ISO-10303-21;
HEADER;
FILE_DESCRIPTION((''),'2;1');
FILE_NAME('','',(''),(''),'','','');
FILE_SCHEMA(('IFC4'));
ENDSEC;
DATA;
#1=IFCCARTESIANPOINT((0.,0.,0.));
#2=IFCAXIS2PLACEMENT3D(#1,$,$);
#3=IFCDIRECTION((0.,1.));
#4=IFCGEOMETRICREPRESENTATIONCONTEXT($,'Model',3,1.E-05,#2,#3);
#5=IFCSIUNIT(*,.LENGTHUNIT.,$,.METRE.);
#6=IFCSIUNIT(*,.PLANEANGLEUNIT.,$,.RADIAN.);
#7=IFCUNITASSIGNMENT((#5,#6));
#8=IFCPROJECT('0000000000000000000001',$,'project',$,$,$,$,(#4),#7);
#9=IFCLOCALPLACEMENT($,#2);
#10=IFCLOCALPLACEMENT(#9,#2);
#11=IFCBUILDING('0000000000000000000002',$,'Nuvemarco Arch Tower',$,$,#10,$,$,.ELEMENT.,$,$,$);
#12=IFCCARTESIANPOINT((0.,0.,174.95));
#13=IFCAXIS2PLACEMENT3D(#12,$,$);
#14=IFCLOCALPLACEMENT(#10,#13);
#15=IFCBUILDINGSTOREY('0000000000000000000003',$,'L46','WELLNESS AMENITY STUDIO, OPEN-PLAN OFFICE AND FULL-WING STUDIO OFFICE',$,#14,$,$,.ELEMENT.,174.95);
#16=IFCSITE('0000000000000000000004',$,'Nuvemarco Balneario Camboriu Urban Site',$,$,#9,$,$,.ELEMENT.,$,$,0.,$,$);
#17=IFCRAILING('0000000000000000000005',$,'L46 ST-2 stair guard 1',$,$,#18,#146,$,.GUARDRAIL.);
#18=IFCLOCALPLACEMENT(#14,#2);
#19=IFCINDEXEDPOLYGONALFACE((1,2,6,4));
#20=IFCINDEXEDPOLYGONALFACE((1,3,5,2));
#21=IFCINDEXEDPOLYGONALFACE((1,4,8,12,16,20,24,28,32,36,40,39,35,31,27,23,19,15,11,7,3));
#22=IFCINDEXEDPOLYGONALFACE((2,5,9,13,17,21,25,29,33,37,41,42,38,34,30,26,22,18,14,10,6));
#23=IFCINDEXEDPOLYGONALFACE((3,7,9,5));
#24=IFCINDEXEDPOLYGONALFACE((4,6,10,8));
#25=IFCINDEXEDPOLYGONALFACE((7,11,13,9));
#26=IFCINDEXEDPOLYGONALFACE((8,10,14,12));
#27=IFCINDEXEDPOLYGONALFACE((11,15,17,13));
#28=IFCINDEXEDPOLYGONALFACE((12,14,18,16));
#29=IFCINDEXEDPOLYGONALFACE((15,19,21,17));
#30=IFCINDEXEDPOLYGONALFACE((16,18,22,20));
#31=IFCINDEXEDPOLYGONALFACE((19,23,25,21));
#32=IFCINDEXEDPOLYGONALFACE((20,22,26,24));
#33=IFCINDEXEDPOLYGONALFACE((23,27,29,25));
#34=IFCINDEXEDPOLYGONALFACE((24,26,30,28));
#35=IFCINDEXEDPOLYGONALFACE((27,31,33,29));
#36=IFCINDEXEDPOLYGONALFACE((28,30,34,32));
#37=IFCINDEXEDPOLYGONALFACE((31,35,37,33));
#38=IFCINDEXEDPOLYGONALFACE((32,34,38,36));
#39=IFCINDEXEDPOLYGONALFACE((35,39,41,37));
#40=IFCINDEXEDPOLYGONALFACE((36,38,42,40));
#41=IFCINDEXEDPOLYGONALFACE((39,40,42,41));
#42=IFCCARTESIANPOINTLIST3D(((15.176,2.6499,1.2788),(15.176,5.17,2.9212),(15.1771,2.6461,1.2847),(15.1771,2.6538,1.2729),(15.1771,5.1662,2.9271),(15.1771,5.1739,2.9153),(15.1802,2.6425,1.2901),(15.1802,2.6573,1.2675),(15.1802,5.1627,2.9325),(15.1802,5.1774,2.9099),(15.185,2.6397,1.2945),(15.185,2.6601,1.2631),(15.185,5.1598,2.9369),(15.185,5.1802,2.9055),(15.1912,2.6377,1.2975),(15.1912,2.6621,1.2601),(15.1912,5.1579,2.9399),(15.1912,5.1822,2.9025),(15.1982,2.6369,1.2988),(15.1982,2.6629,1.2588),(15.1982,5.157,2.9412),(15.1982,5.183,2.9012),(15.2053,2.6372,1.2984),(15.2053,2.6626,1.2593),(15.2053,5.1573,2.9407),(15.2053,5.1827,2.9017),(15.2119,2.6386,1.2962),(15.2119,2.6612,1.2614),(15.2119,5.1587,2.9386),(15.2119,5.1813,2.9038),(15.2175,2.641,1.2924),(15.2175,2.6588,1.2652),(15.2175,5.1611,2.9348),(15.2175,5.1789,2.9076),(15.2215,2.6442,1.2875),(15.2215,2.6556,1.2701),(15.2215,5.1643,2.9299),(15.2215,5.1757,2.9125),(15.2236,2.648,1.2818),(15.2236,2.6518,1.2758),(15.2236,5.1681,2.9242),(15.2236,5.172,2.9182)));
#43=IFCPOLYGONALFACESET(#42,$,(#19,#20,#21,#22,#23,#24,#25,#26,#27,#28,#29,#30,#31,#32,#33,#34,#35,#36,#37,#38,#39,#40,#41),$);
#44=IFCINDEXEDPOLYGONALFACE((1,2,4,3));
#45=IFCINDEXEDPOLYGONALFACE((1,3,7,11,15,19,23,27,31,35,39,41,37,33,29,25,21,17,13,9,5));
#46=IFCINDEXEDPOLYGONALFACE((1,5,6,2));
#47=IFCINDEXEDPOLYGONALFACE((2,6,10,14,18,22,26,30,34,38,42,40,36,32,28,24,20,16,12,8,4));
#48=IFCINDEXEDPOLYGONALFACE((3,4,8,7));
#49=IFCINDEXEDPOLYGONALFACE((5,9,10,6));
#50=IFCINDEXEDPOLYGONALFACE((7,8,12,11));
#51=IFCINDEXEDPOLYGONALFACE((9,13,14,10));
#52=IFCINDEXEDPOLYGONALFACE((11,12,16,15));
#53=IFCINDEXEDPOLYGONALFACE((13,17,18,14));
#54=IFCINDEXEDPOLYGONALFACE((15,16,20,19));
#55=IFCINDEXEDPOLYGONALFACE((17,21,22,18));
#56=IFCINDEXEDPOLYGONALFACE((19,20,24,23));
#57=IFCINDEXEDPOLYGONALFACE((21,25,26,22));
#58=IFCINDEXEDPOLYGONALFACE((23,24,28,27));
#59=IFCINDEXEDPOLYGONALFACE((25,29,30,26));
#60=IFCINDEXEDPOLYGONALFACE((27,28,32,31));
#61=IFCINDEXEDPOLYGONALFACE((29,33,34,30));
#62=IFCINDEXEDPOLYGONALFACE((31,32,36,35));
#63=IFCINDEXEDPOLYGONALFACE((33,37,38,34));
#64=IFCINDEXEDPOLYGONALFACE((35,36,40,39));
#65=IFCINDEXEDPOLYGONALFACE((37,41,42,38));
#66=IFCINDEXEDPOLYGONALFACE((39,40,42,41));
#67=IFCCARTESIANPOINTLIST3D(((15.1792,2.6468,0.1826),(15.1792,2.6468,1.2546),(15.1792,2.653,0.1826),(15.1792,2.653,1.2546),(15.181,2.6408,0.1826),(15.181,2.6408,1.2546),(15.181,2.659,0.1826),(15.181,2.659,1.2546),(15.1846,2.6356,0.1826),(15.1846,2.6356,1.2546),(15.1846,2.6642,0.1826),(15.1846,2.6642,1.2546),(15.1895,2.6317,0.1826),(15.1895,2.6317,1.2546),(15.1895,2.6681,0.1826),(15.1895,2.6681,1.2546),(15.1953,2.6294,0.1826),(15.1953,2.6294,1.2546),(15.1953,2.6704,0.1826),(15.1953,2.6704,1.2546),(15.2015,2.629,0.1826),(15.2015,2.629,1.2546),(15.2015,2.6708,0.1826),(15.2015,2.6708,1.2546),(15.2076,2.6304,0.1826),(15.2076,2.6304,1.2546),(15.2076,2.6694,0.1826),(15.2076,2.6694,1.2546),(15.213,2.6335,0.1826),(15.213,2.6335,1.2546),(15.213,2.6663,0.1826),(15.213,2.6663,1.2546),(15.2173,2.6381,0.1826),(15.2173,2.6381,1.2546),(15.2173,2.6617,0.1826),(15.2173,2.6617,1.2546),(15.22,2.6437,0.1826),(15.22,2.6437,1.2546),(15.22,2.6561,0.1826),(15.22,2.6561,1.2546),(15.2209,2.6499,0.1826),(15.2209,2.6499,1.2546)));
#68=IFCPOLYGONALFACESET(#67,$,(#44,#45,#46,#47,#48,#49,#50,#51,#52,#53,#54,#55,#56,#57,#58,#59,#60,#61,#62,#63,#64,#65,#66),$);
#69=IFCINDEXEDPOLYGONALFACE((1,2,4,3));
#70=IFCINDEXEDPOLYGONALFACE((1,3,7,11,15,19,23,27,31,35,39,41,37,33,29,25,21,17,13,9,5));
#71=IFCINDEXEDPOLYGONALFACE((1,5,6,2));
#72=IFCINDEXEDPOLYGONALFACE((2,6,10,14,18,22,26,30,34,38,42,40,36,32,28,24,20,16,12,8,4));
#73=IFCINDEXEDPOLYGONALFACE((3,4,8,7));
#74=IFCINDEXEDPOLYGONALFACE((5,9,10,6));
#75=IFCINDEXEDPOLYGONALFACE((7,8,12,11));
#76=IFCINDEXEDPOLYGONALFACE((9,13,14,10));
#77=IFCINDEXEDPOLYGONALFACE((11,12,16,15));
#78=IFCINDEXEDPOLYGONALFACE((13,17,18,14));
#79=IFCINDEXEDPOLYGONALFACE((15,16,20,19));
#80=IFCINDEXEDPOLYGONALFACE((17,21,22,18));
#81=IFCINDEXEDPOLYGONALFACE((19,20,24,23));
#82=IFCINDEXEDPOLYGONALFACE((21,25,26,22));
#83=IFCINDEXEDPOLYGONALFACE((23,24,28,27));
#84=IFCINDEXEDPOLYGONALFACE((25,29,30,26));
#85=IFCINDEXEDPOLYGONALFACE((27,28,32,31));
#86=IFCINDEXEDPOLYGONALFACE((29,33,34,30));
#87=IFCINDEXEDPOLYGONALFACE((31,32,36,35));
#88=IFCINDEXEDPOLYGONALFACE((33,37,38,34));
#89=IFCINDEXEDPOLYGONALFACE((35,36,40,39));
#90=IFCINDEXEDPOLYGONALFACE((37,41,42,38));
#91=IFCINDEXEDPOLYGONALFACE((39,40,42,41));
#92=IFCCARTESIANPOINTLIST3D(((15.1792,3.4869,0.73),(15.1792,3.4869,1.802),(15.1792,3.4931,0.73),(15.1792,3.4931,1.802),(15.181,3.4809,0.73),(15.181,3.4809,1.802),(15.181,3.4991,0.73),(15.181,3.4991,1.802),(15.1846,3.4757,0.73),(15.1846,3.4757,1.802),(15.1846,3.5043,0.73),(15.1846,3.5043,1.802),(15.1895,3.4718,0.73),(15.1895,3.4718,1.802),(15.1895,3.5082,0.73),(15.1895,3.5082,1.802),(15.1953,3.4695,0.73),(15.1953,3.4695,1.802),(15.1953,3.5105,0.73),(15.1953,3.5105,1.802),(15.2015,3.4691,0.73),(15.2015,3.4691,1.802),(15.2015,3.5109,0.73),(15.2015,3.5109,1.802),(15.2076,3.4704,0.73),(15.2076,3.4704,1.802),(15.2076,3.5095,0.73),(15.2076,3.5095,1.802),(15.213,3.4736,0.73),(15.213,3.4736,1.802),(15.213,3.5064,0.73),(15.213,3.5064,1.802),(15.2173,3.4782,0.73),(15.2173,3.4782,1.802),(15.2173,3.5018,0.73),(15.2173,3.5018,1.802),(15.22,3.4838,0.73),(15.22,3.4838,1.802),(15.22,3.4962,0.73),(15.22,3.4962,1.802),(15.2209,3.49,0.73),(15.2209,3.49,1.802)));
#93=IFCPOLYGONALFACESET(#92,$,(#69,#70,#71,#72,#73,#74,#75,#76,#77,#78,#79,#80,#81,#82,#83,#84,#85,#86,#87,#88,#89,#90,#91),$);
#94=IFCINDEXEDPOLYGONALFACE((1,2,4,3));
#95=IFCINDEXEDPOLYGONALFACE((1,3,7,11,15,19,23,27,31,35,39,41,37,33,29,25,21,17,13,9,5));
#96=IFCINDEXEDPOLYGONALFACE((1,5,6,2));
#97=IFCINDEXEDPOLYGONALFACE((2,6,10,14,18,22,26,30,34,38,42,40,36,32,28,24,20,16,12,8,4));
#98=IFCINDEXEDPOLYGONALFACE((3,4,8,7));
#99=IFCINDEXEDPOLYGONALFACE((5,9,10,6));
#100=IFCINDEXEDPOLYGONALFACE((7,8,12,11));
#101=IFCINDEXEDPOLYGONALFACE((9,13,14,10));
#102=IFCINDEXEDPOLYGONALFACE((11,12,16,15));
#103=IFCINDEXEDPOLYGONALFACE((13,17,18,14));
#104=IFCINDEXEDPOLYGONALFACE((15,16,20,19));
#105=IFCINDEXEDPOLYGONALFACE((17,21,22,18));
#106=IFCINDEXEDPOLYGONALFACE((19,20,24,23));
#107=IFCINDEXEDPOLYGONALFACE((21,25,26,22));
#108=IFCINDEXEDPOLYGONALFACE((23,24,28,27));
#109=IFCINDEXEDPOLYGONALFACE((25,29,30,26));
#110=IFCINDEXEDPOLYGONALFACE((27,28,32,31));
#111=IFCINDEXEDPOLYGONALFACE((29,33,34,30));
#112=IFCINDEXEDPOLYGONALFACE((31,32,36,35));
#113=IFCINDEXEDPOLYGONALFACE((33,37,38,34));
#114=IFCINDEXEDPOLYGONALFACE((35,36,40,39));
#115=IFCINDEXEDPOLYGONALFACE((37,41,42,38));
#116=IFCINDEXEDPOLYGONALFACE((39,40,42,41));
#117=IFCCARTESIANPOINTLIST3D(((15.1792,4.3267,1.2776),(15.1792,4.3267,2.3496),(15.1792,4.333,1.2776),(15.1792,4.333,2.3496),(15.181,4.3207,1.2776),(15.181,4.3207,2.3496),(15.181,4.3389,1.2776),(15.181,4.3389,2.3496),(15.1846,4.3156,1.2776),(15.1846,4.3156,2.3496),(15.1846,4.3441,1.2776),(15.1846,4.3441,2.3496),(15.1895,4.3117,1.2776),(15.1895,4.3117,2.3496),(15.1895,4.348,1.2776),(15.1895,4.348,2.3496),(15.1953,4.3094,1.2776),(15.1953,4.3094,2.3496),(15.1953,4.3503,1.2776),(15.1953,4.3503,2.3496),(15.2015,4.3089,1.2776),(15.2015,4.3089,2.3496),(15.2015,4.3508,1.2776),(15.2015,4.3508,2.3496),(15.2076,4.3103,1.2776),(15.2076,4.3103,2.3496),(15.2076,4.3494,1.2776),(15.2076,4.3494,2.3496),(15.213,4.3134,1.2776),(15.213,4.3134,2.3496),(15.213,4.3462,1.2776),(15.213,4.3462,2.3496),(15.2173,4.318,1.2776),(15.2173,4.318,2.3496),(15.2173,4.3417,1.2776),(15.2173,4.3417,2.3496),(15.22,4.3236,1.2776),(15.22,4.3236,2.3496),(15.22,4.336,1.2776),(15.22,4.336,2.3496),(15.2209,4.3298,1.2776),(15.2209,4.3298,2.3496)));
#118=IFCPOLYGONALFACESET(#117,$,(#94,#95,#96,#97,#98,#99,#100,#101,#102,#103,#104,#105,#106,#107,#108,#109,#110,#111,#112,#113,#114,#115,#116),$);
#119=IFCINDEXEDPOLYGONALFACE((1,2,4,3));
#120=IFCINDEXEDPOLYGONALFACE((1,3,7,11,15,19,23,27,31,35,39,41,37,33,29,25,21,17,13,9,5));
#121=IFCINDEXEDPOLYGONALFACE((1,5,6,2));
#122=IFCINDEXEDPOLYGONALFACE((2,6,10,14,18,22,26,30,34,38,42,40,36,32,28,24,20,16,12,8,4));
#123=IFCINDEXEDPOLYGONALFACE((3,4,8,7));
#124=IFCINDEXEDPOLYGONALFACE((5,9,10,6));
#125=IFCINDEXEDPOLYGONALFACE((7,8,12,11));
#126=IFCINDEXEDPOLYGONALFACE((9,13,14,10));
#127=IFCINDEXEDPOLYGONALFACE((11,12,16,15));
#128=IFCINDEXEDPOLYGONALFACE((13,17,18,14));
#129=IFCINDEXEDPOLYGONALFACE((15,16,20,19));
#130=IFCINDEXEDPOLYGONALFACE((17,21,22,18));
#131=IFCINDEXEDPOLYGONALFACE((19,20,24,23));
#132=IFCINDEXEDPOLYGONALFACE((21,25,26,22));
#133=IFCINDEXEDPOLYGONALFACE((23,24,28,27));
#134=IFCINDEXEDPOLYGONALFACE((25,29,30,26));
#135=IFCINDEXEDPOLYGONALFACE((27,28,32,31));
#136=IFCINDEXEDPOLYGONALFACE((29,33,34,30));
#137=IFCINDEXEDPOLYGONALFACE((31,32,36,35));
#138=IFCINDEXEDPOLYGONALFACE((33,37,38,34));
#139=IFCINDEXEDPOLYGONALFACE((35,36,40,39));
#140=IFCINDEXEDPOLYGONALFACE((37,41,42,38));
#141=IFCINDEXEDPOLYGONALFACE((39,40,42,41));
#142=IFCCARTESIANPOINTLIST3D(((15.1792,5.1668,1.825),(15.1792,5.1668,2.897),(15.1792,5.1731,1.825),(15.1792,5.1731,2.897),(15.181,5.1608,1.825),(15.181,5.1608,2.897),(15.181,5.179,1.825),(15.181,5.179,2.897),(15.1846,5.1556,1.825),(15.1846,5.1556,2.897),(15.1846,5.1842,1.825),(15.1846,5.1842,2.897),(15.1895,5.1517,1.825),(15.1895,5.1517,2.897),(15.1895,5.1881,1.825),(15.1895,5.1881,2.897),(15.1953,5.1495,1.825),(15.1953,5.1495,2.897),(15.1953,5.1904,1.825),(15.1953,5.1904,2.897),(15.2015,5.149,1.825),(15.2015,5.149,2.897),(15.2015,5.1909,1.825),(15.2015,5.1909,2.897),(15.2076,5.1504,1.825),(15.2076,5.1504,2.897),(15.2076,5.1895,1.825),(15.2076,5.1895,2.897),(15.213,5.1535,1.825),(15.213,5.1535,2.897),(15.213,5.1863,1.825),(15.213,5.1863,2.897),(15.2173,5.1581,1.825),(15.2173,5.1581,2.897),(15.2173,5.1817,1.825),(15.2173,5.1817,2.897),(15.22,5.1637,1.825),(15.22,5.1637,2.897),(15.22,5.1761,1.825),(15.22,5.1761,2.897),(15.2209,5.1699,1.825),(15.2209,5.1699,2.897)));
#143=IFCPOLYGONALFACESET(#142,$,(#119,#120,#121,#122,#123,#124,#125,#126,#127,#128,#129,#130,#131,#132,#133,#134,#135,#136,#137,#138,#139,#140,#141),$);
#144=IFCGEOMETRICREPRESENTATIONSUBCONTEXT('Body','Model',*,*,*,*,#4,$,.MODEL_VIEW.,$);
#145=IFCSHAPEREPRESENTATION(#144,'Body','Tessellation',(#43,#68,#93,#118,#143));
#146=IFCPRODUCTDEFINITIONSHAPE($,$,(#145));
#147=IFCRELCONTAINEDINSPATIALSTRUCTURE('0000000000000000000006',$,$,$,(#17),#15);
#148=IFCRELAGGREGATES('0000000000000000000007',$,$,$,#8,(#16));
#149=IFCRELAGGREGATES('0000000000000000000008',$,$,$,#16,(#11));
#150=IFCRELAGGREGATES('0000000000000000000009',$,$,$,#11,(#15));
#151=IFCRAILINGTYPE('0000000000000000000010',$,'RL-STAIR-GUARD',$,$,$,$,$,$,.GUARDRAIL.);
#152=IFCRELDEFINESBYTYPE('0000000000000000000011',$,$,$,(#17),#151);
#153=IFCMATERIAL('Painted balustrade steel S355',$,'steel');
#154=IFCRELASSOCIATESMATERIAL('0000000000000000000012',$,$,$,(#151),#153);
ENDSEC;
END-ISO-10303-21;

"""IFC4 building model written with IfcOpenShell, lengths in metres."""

from ifc_helpers import new_model, si_unit, direction, frame, origin, origin_2d, place, context, subcontext, project, spatial, circle, extrude, material, type_object, element, save


model = new_model("IFC4")

# Units and contexts
model_context = context("Model", 3, precision=1e-05, world=origin(), true_north=direction((0.0, 1.0)))
body_context = subcontext(model_context, "Body", "Model", "MODEL_VIEW")
ifc_project = project(units=[si_unit("LENGTHUNIT", "METRE"), si_unit("PLANEANGLEUNIT", "RADIAN")], contexts=[model_context])

# Site, building, storey
site_placement = place(None, origin())
site = spatial("IfcSite", under=ifc_project, at=site_placement, Name="Nuvemarco Balneario Camboriu Urban Site", CompositionType="ELEMENT", RefElevation=0.0)
building_placement = place(site_placement, origin())
building = spatial("IfcBuilding", under=site, at=building_placement, Name="Nuvemarco Arch Tower", CompositionType="ELEMENT")
storey_placement = place(building_placement, frame((0.0, 0.0, 174.95)))
storey = spatial("IfcBuildingStorey", under=building, at=storey_placement, Name="L46", Description="WELLNESS AMENITY STUDIO, OPEN-PLAN OFFICE AND FULL-WING STUDIO OFFICE", CompositionType="ELEMENT", Elevation=174.95)

# Railing
ifc_material_1 = material(Name="Painted balustrade steel S355", Category="steel")
railing_type_1 = type_object("IfcRailingType", Name="RL-STAIR-GUARD", PredefinedType="GUARDRAIL", material=ifc_material_1)
railing_1_placement = place(storey_placement, frame((15.2, 2.6499, 0.1826)))
element("IfcRailing", 1, at=railing_1_placement, inside=storey, type_object=railing_type_1, Name="L46 ST-2 stair guard 1", PredefinedType="GUARDRAIL", context=body_context, shape_type="SweptSolid", body=[
    extrude(circle(Radius=0.0239, at=origin_2d()), frame((0.0, 0.0, 1.0962), z_axis=(0.0, 0.837787, 0.545998), x_axis=(-1.0, 0.0, 0.0)), (0.0, 0.0, 1.0), 3.0081),
    extrude(circle(Radius=0.021, at=origin_2d()), origin(), (0.0, 0.0, 1.0), 1.072),
    extrude(circle(Radius=0.021, at=origin_2d()), frame((0.0, 0.8401, 0.5474)), (0.0, 0.0, 1.0), 1.072),
    extrude(circle(Radius=0.021, at=origin_2d()), frame((0.0, 1.6799, 1.095)), (0.0, 0.0, 1.0), 1.072),
    extrude(circle(Radius=0.021, at=origin_2d()), frame((0.0, 2.52, 1.6423)), (0.0, 0.0, 1.0), 1.072),
])

save(model, "model.ifc")
